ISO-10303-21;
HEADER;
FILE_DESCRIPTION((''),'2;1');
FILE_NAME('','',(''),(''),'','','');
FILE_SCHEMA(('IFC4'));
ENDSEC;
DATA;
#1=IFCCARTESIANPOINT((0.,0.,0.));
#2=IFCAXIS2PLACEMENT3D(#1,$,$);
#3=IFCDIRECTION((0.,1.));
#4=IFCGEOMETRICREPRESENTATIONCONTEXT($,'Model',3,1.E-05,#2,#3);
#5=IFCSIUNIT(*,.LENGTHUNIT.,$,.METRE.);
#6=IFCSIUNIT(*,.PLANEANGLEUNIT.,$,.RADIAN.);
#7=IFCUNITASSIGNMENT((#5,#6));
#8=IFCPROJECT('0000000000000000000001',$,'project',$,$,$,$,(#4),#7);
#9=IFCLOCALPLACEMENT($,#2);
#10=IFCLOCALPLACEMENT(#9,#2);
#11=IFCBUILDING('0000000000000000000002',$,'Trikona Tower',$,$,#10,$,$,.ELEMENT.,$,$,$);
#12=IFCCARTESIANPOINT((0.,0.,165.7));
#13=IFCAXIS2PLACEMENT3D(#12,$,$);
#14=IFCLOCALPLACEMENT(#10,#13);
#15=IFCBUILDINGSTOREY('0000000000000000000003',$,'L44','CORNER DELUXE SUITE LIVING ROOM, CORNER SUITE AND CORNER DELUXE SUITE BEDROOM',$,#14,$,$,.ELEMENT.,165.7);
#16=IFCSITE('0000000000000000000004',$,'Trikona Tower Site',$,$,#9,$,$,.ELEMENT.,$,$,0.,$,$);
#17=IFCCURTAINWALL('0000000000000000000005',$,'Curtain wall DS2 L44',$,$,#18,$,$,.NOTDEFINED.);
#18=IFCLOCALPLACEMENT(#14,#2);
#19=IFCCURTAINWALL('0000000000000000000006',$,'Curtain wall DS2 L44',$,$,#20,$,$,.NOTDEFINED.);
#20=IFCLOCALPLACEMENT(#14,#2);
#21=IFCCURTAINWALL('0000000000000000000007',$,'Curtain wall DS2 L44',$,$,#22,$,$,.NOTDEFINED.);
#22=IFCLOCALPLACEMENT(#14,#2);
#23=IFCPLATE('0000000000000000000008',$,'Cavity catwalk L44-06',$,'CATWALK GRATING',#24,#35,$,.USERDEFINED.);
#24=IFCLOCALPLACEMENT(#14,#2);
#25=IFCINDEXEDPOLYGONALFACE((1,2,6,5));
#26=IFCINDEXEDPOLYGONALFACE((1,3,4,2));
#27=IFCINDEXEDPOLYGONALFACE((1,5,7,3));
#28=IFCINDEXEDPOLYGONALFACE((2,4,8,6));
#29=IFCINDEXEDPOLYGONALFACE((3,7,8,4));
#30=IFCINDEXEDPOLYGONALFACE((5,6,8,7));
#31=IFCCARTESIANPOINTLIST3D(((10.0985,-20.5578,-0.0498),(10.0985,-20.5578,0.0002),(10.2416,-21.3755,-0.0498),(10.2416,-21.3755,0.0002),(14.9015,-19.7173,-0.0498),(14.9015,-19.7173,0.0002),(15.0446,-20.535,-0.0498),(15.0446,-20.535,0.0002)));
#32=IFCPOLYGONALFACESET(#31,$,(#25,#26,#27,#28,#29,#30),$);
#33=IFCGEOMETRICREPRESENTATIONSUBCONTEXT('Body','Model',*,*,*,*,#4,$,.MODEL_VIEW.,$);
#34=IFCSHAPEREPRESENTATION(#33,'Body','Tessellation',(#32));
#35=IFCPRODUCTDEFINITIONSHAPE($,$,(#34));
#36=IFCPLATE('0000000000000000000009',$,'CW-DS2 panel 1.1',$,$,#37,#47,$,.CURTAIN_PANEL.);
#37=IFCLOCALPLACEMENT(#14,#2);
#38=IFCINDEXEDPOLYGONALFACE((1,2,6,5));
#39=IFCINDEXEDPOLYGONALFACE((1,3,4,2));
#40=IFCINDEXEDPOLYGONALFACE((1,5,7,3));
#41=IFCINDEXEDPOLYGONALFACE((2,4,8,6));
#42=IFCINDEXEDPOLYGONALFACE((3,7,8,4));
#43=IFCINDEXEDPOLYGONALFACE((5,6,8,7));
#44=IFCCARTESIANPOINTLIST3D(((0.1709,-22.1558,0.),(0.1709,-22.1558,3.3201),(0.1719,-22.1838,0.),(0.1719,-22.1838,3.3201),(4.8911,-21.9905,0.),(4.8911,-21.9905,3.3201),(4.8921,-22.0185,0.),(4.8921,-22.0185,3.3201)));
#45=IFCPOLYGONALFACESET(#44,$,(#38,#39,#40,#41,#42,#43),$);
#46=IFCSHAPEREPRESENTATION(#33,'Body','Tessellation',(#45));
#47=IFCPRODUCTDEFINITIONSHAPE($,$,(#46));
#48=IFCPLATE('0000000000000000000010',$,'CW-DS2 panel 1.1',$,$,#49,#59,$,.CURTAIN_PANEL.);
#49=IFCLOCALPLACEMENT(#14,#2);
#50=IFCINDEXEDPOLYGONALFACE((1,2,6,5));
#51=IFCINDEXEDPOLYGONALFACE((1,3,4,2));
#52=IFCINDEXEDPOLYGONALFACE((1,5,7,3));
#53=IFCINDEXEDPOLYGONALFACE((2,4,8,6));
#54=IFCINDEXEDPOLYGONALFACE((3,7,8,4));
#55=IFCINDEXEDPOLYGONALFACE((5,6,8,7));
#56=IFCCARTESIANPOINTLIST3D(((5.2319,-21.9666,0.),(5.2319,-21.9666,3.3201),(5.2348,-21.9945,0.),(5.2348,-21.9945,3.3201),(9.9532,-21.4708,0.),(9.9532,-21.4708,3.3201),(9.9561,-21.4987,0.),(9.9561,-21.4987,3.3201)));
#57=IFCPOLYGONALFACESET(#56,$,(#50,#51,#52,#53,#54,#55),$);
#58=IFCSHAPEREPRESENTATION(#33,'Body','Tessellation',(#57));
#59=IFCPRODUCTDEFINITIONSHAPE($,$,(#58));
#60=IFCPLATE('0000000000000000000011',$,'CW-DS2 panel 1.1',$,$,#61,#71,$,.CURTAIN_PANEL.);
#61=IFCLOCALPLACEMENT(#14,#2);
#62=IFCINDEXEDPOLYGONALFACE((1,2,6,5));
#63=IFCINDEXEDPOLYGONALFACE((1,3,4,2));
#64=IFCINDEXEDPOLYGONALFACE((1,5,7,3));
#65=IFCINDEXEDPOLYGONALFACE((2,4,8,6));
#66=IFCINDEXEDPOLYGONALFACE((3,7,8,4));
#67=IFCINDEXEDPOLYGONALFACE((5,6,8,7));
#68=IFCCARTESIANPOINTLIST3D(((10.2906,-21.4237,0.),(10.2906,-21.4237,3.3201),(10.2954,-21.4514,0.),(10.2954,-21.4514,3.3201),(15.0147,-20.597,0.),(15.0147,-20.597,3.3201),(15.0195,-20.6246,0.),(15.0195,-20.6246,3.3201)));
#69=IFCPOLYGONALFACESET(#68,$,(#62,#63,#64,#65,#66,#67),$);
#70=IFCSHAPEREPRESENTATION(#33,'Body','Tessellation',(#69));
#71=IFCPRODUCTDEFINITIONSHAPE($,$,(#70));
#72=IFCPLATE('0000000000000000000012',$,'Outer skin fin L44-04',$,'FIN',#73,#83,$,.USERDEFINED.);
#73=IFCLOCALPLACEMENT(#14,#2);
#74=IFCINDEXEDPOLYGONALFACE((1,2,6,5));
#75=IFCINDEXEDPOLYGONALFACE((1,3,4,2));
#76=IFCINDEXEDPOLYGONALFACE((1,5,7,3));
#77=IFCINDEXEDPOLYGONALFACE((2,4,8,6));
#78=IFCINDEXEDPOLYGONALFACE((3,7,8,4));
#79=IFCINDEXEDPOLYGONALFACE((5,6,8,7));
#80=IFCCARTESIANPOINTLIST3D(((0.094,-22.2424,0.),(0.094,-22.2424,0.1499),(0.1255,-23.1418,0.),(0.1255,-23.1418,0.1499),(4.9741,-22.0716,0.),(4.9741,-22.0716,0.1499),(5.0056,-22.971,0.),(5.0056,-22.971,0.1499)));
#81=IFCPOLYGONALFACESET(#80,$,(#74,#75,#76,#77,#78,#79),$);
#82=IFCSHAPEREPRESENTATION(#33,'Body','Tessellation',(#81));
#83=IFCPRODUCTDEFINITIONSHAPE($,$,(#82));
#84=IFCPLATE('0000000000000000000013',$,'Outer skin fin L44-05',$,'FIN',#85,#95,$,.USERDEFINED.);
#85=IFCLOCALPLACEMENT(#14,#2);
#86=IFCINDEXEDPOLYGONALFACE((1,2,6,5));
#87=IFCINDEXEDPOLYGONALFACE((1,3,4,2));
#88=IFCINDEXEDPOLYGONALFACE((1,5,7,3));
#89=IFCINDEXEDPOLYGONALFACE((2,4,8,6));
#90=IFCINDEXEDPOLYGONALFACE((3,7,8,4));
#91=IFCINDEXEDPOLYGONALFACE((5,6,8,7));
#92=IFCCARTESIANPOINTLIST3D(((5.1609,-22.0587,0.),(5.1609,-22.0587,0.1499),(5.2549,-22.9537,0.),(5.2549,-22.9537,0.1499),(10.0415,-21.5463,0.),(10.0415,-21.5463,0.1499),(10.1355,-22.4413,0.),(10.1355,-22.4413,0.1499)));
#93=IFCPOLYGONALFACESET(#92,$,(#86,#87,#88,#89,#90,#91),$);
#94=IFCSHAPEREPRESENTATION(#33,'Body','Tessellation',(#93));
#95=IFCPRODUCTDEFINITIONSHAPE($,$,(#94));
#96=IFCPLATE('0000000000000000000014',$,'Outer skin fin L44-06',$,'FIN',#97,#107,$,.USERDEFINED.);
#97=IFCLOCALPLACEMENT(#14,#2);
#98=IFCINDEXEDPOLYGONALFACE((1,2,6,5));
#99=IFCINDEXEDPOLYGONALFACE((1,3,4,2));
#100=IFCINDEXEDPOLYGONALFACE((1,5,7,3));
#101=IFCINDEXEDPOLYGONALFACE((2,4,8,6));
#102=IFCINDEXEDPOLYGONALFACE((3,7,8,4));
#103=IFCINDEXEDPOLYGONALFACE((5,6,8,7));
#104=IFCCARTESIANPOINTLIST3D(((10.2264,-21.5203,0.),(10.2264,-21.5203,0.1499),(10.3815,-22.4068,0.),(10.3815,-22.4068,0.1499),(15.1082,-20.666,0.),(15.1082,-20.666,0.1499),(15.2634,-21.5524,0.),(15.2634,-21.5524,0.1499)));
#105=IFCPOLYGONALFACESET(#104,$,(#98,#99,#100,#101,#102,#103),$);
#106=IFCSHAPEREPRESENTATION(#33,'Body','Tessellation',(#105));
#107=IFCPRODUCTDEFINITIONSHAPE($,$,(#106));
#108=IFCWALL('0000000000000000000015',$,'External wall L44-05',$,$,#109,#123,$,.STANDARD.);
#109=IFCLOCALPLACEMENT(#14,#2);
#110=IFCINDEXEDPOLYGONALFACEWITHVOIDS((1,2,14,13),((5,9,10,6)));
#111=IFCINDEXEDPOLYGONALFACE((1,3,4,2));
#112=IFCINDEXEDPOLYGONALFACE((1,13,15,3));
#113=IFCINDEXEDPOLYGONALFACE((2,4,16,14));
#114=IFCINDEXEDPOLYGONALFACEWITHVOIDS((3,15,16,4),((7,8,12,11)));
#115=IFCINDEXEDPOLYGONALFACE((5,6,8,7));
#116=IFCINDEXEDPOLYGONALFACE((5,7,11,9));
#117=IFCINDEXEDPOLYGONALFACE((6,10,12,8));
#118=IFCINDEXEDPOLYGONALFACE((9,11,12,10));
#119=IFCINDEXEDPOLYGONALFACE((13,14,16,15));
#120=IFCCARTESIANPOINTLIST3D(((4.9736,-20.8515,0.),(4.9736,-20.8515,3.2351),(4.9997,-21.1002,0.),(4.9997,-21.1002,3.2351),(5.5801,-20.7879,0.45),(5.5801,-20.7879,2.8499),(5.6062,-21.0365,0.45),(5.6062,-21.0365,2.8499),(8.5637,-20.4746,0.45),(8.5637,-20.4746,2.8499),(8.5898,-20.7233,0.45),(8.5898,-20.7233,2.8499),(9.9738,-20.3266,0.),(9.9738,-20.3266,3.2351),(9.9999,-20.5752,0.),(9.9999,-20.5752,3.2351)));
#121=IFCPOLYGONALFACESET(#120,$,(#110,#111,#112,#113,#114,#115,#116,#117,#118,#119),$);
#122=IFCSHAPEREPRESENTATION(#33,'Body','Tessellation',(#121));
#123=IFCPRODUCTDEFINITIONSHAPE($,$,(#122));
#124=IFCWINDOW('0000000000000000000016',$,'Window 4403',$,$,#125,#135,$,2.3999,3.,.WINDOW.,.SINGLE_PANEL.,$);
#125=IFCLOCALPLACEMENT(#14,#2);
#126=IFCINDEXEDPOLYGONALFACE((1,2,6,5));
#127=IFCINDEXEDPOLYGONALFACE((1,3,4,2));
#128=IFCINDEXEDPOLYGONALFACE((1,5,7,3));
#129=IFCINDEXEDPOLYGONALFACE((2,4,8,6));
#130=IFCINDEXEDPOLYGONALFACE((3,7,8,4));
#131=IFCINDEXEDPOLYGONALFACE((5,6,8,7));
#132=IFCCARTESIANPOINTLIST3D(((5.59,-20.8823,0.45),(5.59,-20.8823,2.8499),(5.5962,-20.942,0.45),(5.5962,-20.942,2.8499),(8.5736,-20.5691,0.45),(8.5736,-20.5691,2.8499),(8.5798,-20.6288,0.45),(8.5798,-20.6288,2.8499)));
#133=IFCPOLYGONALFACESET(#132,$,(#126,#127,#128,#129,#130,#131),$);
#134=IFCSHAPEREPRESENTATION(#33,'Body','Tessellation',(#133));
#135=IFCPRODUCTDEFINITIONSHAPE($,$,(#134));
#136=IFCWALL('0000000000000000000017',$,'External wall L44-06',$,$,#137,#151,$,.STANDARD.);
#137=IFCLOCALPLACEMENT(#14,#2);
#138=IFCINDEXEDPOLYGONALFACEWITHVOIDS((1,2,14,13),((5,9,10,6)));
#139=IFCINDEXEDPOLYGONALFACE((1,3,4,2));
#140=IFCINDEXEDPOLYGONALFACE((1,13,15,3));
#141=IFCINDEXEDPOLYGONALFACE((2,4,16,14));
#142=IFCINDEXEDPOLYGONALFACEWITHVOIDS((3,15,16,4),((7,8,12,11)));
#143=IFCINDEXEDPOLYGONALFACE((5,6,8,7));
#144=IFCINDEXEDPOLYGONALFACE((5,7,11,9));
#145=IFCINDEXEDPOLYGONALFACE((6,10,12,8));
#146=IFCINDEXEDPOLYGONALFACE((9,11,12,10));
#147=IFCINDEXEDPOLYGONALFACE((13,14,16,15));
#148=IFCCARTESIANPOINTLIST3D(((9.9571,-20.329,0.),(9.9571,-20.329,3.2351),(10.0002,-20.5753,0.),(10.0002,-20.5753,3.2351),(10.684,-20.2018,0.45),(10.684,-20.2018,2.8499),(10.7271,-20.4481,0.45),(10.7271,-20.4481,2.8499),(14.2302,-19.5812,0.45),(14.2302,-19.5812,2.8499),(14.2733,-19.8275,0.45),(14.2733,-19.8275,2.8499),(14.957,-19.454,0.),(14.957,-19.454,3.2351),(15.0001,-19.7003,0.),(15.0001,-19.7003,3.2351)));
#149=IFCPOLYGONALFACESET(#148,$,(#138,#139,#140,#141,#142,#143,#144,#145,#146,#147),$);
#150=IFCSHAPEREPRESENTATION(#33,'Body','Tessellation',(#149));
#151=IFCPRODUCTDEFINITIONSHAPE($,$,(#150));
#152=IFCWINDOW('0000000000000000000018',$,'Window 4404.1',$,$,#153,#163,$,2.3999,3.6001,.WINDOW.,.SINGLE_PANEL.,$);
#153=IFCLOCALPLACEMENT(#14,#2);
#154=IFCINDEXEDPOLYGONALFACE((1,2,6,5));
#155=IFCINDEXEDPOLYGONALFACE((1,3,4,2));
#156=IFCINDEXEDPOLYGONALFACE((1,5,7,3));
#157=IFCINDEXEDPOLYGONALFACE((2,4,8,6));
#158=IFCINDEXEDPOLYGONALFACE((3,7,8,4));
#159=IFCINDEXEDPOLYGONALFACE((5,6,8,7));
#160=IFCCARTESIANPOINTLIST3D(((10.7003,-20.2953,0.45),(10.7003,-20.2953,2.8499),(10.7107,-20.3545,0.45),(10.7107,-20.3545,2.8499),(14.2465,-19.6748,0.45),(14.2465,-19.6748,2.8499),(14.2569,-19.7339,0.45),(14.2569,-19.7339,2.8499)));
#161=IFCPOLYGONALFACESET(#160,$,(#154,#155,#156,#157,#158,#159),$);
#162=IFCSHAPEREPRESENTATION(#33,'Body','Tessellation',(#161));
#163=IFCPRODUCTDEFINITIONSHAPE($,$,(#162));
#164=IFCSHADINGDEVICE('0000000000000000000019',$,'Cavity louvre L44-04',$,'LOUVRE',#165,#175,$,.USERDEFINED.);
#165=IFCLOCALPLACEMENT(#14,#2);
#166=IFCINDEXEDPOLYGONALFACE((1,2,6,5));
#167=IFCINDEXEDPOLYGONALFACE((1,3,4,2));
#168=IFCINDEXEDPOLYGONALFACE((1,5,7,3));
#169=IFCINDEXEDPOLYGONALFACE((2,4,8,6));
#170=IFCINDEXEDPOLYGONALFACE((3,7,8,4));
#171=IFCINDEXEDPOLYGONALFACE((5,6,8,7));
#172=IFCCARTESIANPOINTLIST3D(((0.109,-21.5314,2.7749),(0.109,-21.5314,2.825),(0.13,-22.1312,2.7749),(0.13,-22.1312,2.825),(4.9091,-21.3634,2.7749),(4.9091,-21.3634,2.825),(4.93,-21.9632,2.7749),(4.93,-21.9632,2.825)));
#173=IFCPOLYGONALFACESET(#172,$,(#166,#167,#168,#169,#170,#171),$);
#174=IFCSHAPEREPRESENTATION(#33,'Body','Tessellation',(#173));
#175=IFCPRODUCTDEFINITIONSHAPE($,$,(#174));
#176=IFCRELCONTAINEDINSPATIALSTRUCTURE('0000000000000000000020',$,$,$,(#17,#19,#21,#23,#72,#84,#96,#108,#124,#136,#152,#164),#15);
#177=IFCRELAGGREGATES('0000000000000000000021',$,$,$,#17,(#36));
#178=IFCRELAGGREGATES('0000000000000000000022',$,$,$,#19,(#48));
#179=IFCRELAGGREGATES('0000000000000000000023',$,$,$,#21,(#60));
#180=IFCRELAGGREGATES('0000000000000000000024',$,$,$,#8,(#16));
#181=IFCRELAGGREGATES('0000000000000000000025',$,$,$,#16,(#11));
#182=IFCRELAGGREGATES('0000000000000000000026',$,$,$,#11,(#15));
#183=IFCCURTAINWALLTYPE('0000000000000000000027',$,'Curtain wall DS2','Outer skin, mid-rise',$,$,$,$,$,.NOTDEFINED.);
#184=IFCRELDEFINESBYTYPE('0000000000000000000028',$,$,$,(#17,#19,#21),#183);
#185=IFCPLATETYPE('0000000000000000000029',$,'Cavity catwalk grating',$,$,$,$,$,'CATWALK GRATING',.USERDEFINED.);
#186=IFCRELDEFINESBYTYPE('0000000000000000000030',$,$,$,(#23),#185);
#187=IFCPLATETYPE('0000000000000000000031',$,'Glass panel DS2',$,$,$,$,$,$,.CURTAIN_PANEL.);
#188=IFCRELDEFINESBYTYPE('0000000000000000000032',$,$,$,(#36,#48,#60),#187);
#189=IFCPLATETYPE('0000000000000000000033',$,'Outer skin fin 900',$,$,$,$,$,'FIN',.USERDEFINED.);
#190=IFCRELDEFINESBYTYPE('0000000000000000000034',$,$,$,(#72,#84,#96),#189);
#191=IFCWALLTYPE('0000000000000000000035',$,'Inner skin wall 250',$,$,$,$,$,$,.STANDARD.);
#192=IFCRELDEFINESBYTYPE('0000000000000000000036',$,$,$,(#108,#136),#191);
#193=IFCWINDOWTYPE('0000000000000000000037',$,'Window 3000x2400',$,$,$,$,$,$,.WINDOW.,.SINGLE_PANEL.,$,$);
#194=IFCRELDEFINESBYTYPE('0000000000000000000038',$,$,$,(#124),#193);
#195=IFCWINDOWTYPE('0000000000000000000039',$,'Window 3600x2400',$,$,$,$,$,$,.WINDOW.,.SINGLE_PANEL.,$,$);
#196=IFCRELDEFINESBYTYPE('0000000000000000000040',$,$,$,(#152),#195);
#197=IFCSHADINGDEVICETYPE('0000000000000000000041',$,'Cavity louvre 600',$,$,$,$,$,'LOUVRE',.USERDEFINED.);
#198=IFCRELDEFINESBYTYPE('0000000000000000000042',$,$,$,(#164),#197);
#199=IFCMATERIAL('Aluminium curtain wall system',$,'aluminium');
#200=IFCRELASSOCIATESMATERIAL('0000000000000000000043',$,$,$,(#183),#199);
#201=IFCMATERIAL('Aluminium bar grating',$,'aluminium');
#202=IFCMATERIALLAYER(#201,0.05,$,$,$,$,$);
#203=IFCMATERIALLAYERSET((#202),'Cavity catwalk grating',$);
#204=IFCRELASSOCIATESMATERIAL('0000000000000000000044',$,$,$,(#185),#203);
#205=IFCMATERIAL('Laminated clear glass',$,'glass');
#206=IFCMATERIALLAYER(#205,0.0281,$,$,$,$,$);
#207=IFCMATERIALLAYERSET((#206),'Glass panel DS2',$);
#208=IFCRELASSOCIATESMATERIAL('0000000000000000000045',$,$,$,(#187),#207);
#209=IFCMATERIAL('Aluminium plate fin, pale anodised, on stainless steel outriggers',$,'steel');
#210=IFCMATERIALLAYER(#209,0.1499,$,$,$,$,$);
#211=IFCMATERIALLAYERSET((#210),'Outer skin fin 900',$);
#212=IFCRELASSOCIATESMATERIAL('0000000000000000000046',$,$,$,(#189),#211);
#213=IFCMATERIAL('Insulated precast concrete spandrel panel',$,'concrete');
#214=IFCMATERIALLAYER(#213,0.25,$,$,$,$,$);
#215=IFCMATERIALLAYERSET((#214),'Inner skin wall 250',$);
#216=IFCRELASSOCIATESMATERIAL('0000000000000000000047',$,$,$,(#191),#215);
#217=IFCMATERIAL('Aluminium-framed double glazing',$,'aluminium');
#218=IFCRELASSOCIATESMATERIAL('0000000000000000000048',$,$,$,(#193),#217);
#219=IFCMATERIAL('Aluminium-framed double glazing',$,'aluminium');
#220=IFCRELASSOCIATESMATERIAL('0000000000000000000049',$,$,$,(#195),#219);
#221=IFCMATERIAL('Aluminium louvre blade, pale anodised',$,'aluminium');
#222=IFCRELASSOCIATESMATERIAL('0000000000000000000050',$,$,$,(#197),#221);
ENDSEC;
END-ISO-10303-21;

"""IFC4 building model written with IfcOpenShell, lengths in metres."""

from ifc_helpers import new_model, si_unit, direction, frame, frame_2d, origin, origin_2d, place, context, subcontext, project, spatial, rectangle, extrude, material, layer, layer_set, type_object, element, fill, aggregate, save


model = new_model("IFC4")

# Units and contexts
model_context = context("Model", 3, precision=1e-05, world=origin(), true_north=direction((0.0, 1.0)))
body_context = subcontext(model_context, "Body", "Model", "MODEL_VIEW")
ifc_project = project(units=[si_unit("LENGTHUNIT", "METRE"), si_unit("PLANEANGLEUNIT", "RADIAN")], contexts=[model_context])

# Site, building, storey
site_placement = place(None, origin())
site = spatial("IfcSite", under=ifc_project, at=site_placement, Name="Trikona Tower Site", CompositionType="ELEMENT", RefElevation=0.0)
building_placement = place(site_placement, origin())
building = spatial("IfcBuilding", under=site, at=building_placement, Name="Trikona Tower", CompositionType="ELEMENT")
storey_placement = place(building_placement, frame((0.0, 0.0, 165.7)))
storey = spatial("IfcBuildingStorey", under=building, at=storey_placement, Name="L44", Description="CORNER DELUXE SUITE LIVING ROOM, CORNER SUITE AND CORNER DELUXE SUITE BEDROOM", CompositionType="ELEMENT", Elevation=165.7)

# Curtain walls
ifc_material_1 = material(Name="Aluminium curtain wall system", Category="aluminium")
curtain_wall_type = type_object("IfcCurtainWallType", Name="Curtain wall DS2", Description="Outer skin, mid-rise", PredefinedType="NOTDEFINED", material=ifc_material_1)
curtain_wall_1_placement = place(storey_placement, origin())
curtain_wall_1 = element("IfcCurtainWall", 1, at=curtain_wall_1_placement, inside=storey, type_object=curtain_wall_type, Name="Curtain wall DS2 L44", PredefinedType="NOTDEFINED")
curtain_wall_2_placement = place(storey_placement, origin())
curtain_wall_2 = element("IfcCurtainWall", 2, at=curtain_wall_2_placement, inside=storey, type_object=curtain_wall_type, Name="Curtain wall DS2 L44", PredefinedType="NOTDEFINED")

# Curtain wall
curtain_wall_3_placement = place(storey_placement, origin())
curtain_wall_3 = element("IfcCurtainWall", 3, at=curtain_wall_3_placement, inside=storey, type_object=curtain_wall_type, Name="Curtain wall DS2 L44", PredefinedType="NOTDEFINED")

# Plate
ifc_material_2 = material(Name="Aluminium bar grating", Category="aluminium")
ifc_layer_1 = layer(ifc_material_2, 0.05)
ifc_layer_set_1 = layer_set([ifc_layer_1], Name="Cavity catwalk grating")
plate_type_1 = type_object("IfcPlateType", Name="Cavity catwalk grating", ElementType="CATWALK GRATING", PredefinedType="USERDEFINED", material=ifc_layer_set_1)
plate_1_placement = place(storey_placement, frame((12.5715, -20.5464, -0.0498), z_axis=(0.0, 0.0, 1.0), x_axis=(0.985031, 0.17238, 0.0)))
element("IfcPlate", 4, at=plate_1_placement, inside=storey, type_object=plate_type_1, Name="Cavity catwalk L44-06", ObjectType="CATWALK GRATING", PredefinedType="USERDEFINED", context=body_context, shape_type="SweptSolid", body=[
    extrude(rectangle(XDim=4.876, YDim=0.8301, at=origin_2d()), origin(), (0.0, 0.0, 1.0), 0.05),
])

# Plates
ifc_material_3 = material(Name="Laminated clear glass", Category="glass")
ifc_layer_2 = layer(ifc_material_3, 0.0281)
ifc_layer_set_2 = layer_set([ifc_layer_2], Name="Glass panel DS2")
plate_type_2 = type_object("IfcPlateType", Name="Glass panel DS2", PredefinedType="CURTAIN_PANEL", material=ifc_layer_set_2)
plate_2_placement = place(storey_placement, frame((2.5315, -22.0872, 0.0), z_axis=(0.0, 0.0, 1.0), x_axis=(0.999387, 0.034998, 0.0)))
plate_2 = element("IfcPlate", 5, at=plate_2_placement, type_object=plate_type_2, Name="CW-DS2 panel 1.1", PredefinedType="CURTAIN_PANEL", context=body_context, shape_type="SweptSolid", body=[
    extrude(rectangle(XDim=4.7231, YDim=0.0281, at=origin_2d()), origin(), (0.0, 0.0, 1.0), 3.3201),
])
aggregate(curtain_wall_1, [plate_2])
plate_3_placement = place(storey_placement, frame((7.594, -21.7327, 0.0), z_axis=(0.0, 0.0, 1.0), x_axis=(0.994532, 0.104433, 0.0)))
plate_3 = element("IfcPlate", 6, at=plate_3_placement, type_object=plate_type_2, Name="CW-DS2 panel 1.1", PredefinedType="CURTAIN_PANEL", context=body_context, shape_type="SweptSolid", body=[
    extrude(rectangle(XDim=4.7473, YDim=0.0281, at=origin_2d()), origin(), (0.0, 0.0, 1.0), 3.3201),
])
aggregate(curtain_wall_2, [plate_3])
plate_4_placement = place(storey_placement, frame((12.655, -21.0242, 0.0), z_axis=(0.0, 0.0, 1.0), x_axis=(0.985031, 0.172377, 0.0)))
plate_4 = element("IfcPlate", 7, at=plate_4_placement, type_object=plate_type_2, Name="CW-DS2 panel 1.1", PredefinedType="CURTAIN_PANEL", context=body_context, shape_type="SweptSolid", body=[
    extrude(rectangle(XDim=4.7959, YDim=0.0281, at=origin_2d()), origin(), (0.0, 0.0, 1.0), 3.3201),
])
aggregate(curtain_wall_3, [plate_4])

# Plates
ifc_material_4 = material(Name="Aluminium plate fin, pale anodised, on stainless steel outriggers", Category="steel")
ifc_layer_3 = layer(ifc_material_4, 0.1499)
ifc_layer_set_3 = layer_set([ifc_layer_3], Name="Outer skin fin 900")
plate_type_3 = type_object("IfcPlateType", Name="Outer skin fin 900", ElementType="FIN", PredefinedType="USERDEFINED", material=ifc_layer_set_3)
plate_5_placement = place(storey_placement, frame((2.5498, -22.6067, 0.0), z_axis=(0.0, 0.0, 1.0), x_axis=(0.999388, 0.034978, 0.0)))
element("IfcPlate", 8, at=plate_5_placement, inside=storey, type_object=plate_type_3, Name="Outer skin fin L44-04", ObjectType="FIN", PredefinedType="USERDEFINED", context=body_context, shape_type="SweptSolid", body=[
    extrude(rectangle(XDim=4.8831, YDim=0.8999, at=origin_2d()), origin(), (0.0, 0.0, 1.0), 0.1499),
])
plate_6_placement = place(storey_placement, frame((7.6482, -22.25, 0.0), z_axis=(0.0, 0.0, 1.0), x_axis=(0.994533, 0.104426, 0.0)))
element("IfcPlate", 9, at=plate_6_placement, inside=storey, type_object=plate_type_3, Name="Outer skin fin L44-05", ObjectType="FIN", PredefinedType="USERDEFINED", context=body_context, shape_type="SweptSolid", body=[
    extrude(rectangle(XDim=4.9075, YDim=0.8999, at=origin_2d()), origin(), (0.0, 0.0, 1.0), 0.1499),
])
plate_7_placement = place(storey_placement, frame((12.7449, -21.5364, 0.0), z_axis=(0.0, 0.0, 1.0), x_axis=(0.985031, 0.17238, 0.0)))
element("IfcPlate", 10, at=plate_7_placement, inside=storey, type_object=plate_type_3, Name="Outer skin fin L44-06", ObjectType="FIN", PredefinedType="USERDEFINED", context=body_context, shape_type="SweptSolid", body=[
    extrude(rectangle(XDim=4.9561, YDim=0.8999, at=origin_2d()), origin(), (0.0, 0.0, 1.0), 0.1499),
])

# Walls, openings, windows
ifc_material_5 = material(Name="Insulated precast concrete spandrel panel", Category="concrete")
ifc_layer_4 = layer(ifc_material_5, 0.25)
ifc_layer_set_4 = layer_set([ifc_layer_4], Name="Inner skin wall 250")
wall_type = type_object("IfcWallType", Name="Inner skin wall 250", PredefinedType="STANDARD", material=ifc_layer_set_4)
wall_1_placement = place(storey_placement, frame((4.9868, -20.9758, 0.0), z_axis=(0.0, 0.0, 1.0), x_axis=(0.994535, 0.104407, 0.0)))
wall_1 = element("IfcWall", 11, at=wall_1_placement, inside=storey, type_object=wall_type, Name="External wall L44-05", PredefinedType="STANDARD", context=body_context, shape_type="SweptSolid", body=[
    extrude(rectangle(XDim=5.0276, YDim=0.25, at=frame_2d((2.5137, 0.0))), origin(), (0.0, 0.0, 1.0), 3.2351),
])
opening_1_placement = place(wall_1_placement, frame((0.6096, 0.0, 0.45)))
opening_1 = element("IfcOpeningElement", 12, at=opening_1_placement, cuts=wall_1, PredefinedType="OPENING", context=body_context, shape_type="SweptSolid", body=[
    extrude(rectangle(XDim=3.0, YDim=2.3999, at=frame_2d((1.5, 1.2))), frame((0.0, 0.135, 0.0), z_axis=(0.0, -1.0, 0.0), x_axis=(1.0, 0.0, 0.0)), (0.0, 0.0, 1.0), 0.27),
])
ifc_material_6 = material(Name="Aluminium-framed double glazing", Category="aluminium")
window_type_1 = type_object("IfcWindowType", Name="Window 3000x2400", PartitioningType="SINGLE_PANEL", PredefinedType="WINDOW", material=ifc_material_6)
window_1_placement = place(opening_1_placement, origin())
window_1 = element("IfcWindow", 13, at=window_1_placement, inside=storey, type_object=window_type_1, Name="Window 4403", OverallHeight=2.3999, OverallWidth=3.0, PartitioningType="SINGLE_PANEL", PredefinedType="WINDOW", context=body_context, shape_type="SweptSolid", body=[
    extrude(rectangle(XDim=3.0, YDim=2.3999, at=frame_2d((1.5, 1.2))), frame((0.0, 0.03, 0.0), z_axis=(0.0, -1.0, 0.0), x_axis=(1.0, 0.0, 0.0)), (0.0, 0.0, 1.0), 0.0601),
])
fill(opening_1, window_1)
wall_2_placement = place(storey_placement, frame((9.9785, -20.4521, 0.0), z_axis=(0.0, 0.0, 1.0), x_axis=(0.98503, 0.17238, 0.0)))
wall_2 = element("IfcWall", 14, at=wall_2_placement, inside=storey, type_object=wall_type, Name="External wall L44-06", PredefinedType="STANDARD", context=body_context, shape_type="SweptSolid", body=[
    extrude(rectangle(XDim=5.0759, YDim=0.25, at=frame_2d((2.5381, 0.0))), origin(), (0.0, 0.0, 1.0), 3.2351),
])
opening_2_placement = place(wall_2_placement, frame((0.738, 0.0, 0.45)))
opening_2 = element("IfcOpeningElement", 15, at=opening_2_placement, cuts=wall_2, PredefinedType="OPENING", context=body_context, shape_type="SweptSolid", body=[
    extrude(rectangle(XDim=3.6001, YDim=2.3999, at=frame_2d((1.8, 1.2))), frame((0.0, 0.135, 0.0), z_axis=(0.0, -1.0, 0.0), x_axis=(1.0, 0.0, 0.0)), (0.0, 0.0, 1.0), 0.27),
])
ifc_material_7 = material(Name="Aluminium-framed double glazing", Category="aluminium")
window_type_2 = type_object("IfcWindowType", Name="Window 3600x2400", PartitioningType="SINGLE_PANEL", PredefinedType="WINDOW", material=ifc_material_7)
window_2_placement = place(opening_2_placement, origin())
window_2 = element("IfcWindow", 16, at=window_2_placement, inside=storey, type_object=window_type_2, Name="Window 4404.1", OverallHeight=2.3999, OverallWidth=3.6001, PartitioningType="SINGLE_PANEL", PredefinedType="WINDOW", context=body_context, shape_type="SweptSolid", body=[
    extrude(rectangle(XDim=3.6001, YDim=2.3999, at=frame_2d((1.8, 1.2))), frame((0.0, 0.03, 0.0), z_axis=(0.0, -1.0, 0.0), x_axis=(1.0, 0.0, 0.0)), (0.0, 0.0, 1.0), 0.0601),
])
fill(opening_2, window_2)

# Shading device
ifc_material_8 = material(Name="Aluminium louvre blade, pale anodised", Category="aluminium")
shading_device_type = type_object("IfcShadingDeviceType", Name="Cavity louvre 600", ElementType="LOUVRE", PredefinedType="USERDEFINED", material=ifc_material_8)
shading_device_1_placement = place(storey_placement, frame((2.5195, -21.7473, 2.7749), z_axis=(0.0, 0.0, 1.0), x_axis=(0.999388, 0.034978, 0.0)))
element("IfcShadingDevice", 17, at=shading_device_1_placement, inside=storey, type_object=shading_device_type, Name="Cavity louvre L44-04", ObjectType="LOUVRE", PredefinedType="USERDEFINED", context=body_context, shape_type="SweptSolid", body=[
    extrude(rectangle(XDim=4.803, YDim=0.6001, at=origin_2d()), origin(), (0.0, 0.0, 1.0), 0.05),
])

save(model, "model.ifc")
